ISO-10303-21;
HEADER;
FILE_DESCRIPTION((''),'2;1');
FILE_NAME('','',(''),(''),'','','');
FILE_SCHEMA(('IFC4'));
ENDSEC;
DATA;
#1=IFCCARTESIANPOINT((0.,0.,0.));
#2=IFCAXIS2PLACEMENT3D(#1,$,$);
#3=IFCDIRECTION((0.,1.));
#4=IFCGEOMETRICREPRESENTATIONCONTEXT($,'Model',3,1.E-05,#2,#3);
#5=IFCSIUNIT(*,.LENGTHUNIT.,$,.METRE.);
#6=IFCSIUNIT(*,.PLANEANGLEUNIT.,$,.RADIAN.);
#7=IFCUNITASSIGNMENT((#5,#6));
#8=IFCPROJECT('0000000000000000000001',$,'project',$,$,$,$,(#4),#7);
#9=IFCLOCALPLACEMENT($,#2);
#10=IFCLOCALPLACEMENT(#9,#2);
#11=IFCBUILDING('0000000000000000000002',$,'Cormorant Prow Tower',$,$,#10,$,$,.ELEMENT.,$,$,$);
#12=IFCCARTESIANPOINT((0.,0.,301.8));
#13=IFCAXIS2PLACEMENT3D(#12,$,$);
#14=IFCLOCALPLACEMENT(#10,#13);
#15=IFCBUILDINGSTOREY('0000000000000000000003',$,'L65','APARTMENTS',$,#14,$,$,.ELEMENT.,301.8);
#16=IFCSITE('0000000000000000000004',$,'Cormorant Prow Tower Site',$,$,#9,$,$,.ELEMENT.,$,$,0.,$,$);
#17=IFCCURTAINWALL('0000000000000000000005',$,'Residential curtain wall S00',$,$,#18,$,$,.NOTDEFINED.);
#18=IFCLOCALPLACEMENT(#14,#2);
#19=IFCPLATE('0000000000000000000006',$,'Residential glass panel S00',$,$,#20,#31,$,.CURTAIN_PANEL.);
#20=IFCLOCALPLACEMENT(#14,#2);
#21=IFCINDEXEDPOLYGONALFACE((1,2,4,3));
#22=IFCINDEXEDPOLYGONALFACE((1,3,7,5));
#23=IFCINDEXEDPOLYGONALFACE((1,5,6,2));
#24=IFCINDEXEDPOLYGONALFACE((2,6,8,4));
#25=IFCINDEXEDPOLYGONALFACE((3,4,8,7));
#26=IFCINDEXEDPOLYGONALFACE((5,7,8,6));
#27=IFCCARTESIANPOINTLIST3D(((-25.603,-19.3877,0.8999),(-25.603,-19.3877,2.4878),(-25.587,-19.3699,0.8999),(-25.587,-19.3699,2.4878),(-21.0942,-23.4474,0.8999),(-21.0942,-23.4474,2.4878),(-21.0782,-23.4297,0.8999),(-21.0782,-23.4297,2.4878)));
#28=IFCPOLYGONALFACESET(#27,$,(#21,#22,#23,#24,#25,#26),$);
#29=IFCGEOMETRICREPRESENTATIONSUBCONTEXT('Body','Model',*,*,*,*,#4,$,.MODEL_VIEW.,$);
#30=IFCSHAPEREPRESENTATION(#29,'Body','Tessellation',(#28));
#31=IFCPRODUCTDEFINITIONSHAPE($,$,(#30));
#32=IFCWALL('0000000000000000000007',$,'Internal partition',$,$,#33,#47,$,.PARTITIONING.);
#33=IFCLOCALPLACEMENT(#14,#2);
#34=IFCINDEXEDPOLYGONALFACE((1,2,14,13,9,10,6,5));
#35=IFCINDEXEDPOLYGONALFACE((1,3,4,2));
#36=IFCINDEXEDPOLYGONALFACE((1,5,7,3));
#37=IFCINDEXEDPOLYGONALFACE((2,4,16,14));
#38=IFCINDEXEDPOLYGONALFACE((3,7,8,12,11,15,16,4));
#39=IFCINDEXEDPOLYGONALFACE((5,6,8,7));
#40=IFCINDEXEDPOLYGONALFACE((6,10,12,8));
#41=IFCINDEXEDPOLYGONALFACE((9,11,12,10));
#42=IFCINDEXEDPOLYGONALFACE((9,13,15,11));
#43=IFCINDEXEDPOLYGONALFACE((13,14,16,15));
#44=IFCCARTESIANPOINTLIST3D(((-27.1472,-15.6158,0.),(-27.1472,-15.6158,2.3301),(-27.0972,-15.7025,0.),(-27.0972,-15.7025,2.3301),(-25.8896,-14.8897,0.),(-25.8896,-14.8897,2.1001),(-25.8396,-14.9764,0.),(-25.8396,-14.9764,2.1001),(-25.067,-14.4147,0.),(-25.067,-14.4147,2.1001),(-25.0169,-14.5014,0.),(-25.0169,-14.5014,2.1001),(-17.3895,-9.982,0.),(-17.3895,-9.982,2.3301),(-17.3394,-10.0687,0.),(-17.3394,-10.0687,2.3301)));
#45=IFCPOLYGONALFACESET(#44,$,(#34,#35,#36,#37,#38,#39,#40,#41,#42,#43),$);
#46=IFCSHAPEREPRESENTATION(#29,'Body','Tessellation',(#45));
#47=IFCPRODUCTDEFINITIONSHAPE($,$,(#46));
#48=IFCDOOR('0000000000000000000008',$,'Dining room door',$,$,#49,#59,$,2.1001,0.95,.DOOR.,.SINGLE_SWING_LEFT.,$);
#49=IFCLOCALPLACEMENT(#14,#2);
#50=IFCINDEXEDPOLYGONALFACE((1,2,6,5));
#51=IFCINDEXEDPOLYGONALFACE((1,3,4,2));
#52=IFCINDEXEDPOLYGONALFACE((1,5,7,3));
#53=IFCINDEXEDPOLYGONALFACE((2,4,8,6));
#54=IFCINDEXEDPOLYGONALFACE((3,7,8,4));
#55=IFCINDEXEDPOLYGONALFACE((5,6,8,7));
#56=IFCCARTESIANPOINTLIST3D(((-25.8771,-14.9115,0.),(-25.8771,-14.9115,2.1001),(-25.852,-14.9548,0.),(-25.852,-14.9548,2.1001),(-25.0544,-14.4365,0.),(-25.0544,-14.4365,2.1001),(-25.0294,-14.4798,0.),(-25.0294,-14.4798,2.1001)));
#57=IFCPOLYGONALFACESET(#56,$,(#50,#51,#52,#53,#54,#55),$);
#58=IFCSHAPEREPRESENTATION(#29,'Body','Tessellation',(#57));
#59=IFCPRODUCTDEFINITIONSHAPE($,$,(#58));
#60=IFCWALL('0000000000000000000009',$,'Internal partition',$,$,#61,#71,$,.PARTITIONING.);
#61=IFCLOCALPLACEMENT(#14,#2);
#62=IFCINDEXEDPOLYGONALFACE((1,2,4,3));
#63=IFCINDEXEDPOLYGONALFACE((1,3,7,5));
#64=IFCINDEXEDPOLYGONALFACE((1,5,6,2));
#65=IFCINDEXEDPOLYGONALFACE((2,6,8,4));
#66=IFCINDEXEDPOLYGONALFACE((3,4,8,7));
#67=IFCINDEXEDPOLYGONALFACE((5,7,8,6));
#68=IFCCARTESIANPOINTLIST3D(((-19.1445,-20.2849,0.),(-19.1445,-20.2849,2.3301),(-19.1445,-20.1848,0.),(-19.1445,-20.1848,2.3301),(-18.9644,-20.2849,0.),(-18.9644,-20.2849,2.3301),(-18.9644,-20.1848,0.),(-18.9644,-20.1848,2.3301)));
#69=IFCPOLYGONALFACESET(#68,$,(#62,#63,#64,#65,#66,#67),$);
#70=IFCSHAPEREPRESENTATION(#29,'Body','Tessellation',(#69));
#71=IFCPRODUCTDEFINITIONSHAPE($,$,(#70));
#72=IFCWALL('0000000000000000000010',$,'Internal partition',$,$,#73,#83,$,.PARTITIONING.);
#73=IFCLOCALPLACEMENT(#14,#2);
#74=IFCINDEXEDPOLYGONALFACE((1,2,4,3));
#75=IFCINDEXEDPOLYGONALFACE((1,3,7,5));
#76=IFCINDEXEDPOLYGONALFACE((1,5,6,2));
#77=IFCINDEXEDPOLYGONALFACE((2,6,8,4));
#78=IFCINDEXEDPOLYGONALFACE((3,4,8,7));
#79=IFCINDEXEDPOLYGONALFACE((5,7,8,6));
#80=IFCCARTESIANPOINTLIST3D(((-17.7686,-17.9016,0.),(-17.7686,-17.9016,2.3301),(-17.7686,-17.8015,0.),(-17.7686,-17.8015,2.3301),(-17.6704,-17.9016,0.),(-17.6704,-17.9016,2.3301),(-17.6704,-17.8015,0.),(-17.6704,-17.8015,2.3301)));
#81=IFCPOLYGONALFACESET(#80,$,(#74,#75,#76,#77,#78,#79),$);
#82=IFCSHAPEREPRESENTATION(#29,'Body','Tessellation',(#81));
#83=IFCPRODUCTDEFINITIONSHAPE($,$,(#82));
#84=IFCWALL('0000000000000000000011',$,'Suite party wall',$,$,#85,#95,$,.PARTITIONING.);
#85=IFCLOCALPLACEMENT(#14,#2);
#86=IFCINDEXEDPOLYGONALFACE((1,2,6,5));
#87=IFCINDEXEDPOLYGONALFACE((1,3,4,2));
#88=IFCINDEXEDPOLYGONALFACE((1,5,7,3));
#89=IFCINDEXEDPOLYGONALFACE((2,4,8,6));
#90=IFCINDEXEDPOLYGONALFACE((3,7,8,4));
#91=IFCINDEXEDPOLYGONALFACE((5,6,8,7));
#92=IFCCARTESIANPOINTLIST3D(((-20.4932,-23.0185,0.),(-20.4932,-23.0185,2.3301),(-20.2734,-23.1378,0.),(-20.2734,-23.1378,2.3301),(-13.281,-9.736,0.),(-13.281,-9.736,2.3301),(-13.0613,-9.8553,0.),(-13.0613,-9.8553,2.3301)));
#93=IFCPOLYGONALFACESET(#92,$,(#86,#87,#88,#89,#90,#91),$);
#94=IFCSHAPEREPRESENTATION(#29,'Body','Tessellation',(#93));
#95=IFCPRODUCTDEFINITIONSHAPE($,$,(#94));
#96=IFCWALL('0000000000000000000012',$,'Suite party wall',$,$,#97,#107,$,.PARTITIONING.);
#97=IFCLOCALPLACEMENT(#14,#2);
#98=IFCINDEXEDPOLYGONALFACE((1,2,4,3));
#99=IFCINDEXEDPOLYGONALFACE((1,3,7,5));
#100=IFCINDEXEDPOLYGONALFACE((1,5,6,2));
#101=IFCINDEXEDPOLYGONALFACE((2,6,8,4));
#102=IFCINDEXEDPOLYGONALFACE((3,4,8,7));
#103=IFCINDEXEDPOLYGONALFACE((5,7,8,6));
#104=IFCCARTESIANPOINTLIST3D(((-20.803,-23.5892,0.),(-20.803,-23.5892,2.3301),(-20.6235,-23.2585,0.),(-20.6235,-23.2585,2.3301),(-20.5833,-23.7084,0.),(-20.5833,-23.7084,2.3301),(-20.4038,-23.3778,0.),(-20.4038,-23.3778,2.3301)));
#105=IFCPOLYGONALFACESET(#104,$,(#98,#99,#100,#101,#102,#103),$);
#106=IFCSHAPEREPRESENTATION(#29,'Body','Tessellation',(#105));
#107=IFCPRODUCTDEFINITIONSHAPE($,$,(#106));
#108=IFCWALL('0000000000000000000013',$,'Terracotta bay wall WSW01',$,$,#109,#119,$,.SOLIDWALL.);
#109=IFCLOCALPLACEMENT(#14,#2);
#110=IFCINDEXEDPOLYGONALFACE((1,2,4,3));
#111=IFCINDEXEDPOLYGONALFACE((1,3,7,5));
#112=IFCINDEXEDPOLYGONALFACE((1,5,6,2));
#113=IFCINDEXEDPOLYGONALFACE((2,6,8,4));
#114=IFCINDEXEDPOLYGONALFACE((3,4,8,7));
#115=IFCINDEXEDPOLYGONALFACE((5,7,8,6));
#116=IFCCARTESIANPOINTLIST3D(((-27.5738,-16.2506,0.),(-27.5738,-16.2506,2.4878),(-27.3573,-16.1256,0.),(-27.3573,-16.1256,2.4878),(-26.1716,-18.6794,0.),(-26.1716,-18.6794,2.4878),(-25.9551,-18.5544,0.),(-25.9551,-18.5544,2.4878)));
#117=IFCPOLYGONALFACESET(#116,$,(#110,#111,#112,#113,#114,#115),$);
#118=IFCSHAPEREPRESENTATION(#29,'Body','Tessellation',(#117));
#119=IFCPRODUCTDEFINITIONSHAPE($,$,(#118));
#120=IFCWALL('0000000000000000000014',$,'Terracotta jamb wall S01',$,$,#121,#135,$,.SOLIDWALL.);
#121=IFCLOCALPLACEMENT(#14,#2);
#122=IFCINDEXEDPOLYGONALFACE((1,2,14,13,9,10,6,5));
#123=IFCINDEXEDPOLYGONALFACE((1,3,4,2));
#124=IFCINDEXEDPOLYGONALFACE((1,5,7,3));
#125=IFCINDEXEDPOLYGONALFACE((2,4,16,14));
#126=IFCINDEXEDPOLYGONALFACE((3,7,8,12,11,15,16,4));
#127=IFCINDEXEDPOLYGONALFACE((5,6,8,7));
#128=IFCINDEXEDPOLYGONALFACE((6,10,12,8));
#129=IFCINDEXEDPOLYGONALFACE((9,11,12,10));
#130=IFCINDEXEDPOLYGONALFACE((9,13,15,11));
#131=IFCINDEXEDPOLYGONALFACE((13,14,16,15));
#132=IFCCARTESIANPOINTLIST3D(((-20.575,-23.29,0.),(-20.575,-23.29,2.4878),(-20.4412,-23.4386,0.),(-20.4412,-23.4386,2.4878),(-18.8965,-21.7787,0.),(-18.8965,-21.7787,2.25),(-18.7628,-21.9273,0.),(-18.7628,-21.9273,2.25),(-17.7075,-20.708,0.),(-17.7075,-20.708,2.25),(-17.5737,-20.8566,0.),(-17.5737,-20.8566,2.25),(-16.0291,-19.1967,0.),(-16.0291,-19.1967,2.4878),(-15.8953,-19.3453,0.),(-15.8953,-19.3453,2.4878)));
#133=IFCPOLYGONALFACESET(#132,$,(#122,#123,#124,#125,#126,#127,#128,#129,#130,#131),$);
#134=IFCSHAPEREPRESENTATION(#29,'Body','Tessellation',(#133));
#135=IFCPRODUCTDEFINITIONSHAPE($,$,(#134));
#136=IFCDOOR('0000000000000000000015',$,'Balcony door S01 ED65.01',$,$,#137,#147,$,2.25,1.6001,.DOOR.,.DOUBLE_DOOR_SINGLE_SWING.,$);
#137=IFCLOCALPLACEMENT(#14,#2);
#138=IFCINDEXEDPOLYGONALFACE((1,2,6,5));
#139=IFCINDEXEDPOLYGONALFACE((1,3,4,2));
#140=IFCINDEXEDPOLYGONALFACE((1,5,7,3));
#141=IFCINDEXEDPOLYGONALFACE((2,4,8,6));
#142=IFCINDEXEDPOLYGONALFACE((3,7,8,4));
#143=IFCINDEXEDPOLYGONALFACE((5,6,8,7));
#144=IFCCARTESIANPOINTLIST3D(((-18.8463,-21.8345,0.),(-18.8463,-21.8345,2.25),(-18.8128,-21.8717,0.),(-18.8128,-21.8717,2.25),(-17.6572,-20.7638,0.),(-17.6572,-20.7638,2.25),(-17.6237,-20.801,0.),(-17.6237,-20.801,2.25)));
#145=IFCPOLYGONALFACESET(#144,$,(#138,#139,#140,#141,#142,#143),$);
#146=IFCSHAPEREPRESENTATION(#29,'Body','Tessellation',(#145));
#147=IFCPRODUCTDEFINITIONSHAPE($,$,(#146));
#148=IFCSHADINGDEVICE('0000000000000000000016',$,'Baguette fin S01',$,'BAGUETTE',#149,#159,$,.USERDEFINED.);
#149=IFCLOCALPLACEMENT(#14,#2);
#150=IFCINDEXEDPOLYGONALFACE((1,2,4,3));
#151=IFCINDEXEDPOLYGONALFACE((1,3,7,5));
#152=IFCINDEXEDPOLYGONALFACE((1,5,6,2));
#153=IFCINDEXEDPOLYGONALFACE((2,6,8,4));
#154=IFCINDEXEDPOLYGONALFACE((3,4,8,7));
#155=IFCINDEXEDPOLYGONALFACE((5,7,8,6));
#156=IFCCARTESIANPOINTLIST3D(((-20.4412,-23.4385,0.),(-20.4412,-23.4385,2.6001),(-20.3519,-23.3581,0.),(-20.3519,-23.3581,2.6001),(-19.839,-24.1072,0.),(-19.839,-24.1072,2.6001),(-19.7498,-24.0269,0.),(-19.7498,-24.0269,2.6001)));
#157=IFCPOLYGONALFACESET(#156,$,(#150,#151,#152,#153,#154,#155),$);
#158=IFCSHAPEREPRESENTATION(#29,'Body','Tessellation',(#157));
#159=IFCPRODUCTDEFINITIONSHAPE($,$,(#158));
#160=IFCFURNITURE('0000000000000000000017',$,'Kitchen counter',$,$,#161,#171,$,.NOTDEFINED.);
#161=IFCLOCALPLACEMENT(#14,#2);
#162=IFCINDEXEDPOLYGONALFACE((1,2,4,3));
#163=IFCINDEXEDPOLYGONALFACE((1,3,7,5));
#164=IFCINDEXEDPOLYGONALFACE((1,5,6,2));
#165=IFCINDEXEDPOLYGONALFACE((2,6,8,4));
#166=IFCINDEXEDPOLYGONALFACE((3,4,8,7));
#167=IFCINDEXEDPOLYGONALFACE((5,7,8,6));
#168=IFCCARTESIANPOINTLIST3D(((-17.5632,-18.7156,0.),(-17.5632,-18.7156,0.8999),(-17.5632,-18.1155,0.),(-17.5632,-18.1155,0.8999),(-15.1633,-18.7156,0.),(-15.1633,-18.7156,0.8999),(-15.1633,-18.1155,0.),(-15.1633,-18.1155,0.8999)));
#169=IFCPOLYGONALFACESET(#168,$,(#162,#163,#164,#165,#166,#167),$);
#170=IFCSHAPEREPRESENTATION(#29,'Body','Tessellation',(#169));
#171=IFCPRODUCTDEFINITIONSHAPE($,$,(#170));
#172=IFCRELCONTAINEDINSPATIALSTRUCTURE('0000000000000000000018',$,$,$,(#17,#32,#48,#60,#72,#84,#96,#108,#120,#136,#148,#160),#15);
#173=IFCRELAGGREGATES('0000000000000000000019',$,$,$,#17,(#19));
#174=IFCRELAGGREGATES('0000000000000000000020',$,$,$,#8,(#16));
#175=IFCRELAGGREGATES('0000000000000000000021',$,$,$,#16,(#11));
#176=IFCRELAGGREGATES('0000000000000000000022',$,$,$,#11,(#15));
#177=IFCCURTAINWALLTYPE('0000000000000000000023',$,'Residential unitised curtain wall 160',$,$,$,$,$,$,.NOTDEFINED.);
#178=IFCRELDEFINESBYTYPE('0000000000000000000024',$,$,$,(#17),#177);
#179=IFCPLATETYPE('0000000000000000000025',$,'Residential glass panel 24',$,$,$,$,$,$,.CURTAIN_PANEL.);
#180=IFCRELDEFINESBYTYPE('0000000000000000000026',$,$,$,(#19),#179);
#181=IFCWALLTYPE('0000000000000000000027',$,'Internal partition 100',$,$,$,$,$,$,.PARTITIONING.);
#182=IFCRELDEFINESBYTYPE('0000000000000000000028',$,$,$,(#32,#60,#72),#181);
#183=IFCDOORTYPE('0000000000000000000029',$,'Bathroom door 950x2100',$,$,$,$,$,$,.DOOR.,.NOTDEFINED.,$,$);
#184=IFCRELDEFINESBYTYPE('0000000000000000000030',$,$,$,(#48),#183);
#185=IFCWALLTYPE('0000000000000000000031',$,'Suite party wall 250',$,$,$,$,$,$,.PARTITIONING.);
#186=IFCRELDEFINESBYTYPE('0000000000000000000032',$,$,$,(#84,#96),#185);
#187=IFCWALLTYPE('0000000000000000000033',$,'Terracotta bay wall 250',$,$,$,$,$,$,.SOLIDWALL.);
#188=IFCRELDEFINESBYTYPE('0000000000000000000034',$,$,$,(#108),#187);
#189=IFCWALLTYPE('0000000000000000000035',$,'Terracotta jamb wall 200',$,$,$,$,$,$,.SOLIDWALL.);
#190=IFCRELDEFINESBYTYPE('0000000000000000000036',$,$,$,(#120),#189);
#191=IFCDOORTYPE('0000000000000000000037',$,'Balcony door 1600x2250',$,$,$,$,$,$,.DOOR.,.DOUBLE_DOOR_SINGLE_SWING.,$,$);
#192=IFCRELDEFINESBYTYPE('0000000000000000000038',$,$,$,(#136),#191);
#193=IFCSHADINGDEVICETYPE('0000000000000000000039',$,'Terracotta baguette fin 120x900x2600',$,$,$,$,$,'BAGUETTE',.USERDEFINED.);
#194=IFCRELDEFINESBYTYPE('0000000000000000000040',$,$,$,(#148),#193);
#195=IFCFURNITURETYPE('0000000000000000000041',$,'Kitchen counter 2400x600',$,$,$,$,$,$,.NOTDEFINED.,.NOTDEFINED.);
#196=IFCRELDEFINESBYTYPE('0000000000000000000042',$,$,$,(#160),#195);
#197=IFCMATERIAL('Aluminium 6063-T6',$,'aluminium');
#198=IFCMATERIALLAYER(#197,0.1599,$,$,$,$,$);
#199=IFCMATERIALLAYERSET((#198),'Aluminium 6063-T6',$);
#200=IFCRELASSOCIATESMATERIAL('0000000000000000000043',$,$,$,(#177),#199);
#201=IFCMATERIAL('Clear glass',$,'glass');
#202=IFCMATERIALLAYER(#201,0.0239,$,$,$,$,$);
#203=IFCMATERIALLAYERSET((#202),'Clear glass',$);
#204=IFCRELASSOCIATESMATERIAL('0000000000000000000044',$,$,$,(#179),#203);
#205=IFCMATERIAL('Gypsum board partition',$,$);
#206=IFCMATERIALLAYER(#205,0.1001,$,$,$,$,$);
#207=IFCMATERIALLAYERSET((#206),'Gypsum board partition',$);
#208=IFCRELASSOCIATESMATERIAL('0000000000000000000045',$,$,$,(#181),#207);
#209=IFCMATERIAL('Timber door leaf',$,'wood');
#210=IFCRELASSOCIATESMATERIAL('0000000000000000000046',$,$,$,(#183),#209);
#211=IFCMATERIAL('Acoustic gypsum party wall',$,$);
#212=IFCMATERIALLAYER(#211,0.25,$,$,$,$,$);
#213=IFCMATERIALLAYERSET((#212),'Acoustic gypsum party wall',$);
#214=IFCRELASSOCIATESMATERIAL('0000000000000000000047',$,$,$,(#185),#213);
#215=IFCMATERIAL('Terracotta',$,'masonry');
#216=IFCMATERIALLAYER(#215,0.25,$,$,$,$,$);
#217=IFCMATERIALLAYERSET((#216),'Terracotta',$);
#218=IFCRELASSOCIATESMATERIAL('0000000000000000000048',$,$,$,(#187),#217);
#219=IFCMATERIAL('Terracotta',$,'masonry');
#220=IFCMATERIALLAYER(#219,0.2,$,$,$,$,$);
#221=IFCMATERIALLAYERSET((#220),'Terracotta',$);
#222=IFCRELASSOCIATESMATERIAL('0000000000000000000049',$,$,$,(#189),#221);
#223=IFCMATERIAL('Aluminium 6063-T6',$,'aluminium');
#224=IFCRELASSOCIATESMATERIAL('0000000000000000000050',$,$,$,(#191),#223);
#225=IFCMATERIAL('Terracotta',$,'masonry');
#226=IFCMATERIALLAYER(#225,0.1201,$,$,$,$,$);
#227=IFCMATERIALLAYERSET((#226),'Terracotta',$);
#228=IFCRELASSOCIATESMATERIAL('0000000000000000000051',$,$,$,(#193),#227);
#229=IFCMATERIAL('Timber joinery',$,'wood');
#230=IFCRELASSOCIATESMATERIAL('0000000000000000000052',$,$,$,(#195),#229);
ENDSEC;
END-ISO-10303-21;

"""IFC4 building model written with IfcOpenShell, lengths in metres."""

from ifc_helpers import new_model, si_unit, direction, frame, frame_2d, origin, origin_2d, place, context, subcontext, project, spatial, rectangle, extrude, material, layer, layer_set, type_object, element, fill, aggregate, save


model = new_model("IFC4")

# Units and contexts
model_context = context("Model", 3, precision=1e-05, world=origin(), true_north=direction((0.0, 1.0)))
body_context = subcontext(model_context, "Body", "Model", "MODEL_VIEW")
ifc_project = project(units=[si_unit("LENGTHUNIT", "METRE"), si_unit("PLANEANGLEUNIT", "RADIAN")], contexts=[model_context])

# Site, building, storey
site_placement = place(None, origin())
site = spatial("IfcSite", under=ifc_project, at=site_placement, Name="Cormorant Prow Tower Site", CompositionType="ELEMENT", RefElevation=0.0)
building_placement = place(site_placement, origin())
building = spatial("IfcBuilding", under=site, at=building_placement, Name="Cormorant Prow Tower", CompositionType="ELEMENT")
storey_placement = place(building_placement, frame((0.0, 0.0, 301.8)))
storey = spatial("IfcBuildingStorey", under=building, at=storey_placement, Name="L65", Description="APARTMENTS", CompositionType="ELEMENT", Elevation=301.8)

# Curtain wall, plate
ifc_material_1 = material(Name="Aluminium 6063-T6", Category="aluminium")
ifc_layer_1 = layer(ifc_material_1, 0.1599)
ifc_layer_set_1 = layer_set([ifc_layer_1], Name="Aluminium 6063-T6")
curtain_wall_type = type_object("IfcCurtainWallType", Name="Residential unitised curtain wall 160", PredefinedType="NOTDEFINED", material=ifc_layer_set_1)
curtain_wall_placement = place(storey_placement, origin())
curtain_wall = element("IfcCurtainWall", 1, at=curtain_wall_placement, inside=storey, type_object=curtain_wall_type, Name="Residential curtain wall S00", PredefinedType="NOTDEFINED")
ifc_material_2 = material(Name="Clear glass", Category="glass")
ifc_layer_2 = layer(ifc_material_2, 0.0239)
ifc_layer_set_2 = layer_set([ifc_layer_2], Name="Clear glass")
plate_type = type_object("IfcPlateType", Name="Residential glass panel 24", PredefinedType="CURTAIN_PANEL", material=ifc_layer_set_2)
plate_placement = place(storey_placement, frame((-23.3406, -21.4087, 0.8999), z_axis=(0.0, 0.0, 1.0), x_axis=(0.743145, -0.669131, 0.0)))
plate = element("IfcPlate", 2, at=plate_placement, type_object=plate_type, Name="Residential glass panel S00", PredefinedType="CURTAIN_PANEL", context=body_context, shape_type="SweptSolid", body=[
    extrude(rectangle(XDim=6.0671, YDim=0.0239, at=origin_2d()), origin(), (0.0, 0.0, 1.0), 1.5879),
])
aggregate(curtain_wall, [plate])

# Wall, opening, door
ifc_material_3 = material(Name="Gypsum board partition")
ifc_layer_3 = layer(ifc_material_3, 0.1001)
ifc_layer_set_3 = layer_set([ifc_layer_3], Name="Gypsum board partition")
wall_type_1 = type_object("IfcWallType", Name="Internal partition 100", PredefinedType="PARTITIONING", material=ifc_layer_set_3)
wall_1_placement = place(storey_placement, frame((-27.1223, -15.6592, 0.0), z_axis=(0.0, 0.0, 1.0), x_axis=(0.866021, 0.500008, 0.0)))
wall_1 = element("IfcWall", 3, at=wall_1_placement, inside=storey, type_object=wall_type_1, Name="Internal partition", PredefinedType="PARTITIONING", context=body_context, shape_type="SweptSolid", body=[
    extrude(rectangle(XDim=11.2673, YDim=0.1001, at=frame_2d((5.6338, 0.0))), origin(), (0.0, 0.0, 1.0), 2.3301),
])
opening_1_placement = place(wall_1_placement, frame((1.4521, 0.0, 0.0)))
opening_1 = element("IfcOpeningElement", 4, at=opening_1_placement, cuts=wall_1, PredefinedType="OPENING", context=body_context, shape_type="SweptSolid", body=[
    extrude(rectangle(XDim=0.95, YDim=2.1001, at=frame_2d((0.4751, 1.05))), frame((0.0, 0.0601, 0.0), z_axis=(0.0, -1.0, 0.0), x_axis=(1.0, 0.0, 0.0)), (0.0, 0.0, 1.0), 0.1201),
])
ifc_material_4 = material(Name="Timber door leaf", Category="wood")
door_type_1 = type_object("IfcDoorType", Name="Bathroom door 950x2100", OperationType="NOTDEFINED", PredefinedType="DOOR", material=ifc_material_4)
door_1_placement = place(opening_1_placement, origin())
door_1 = element("IfcDoor", 5, at=door_1_placement, inside=storey, type_object=door_type_1, Name="Dining room door", OperationType="SINGLE_SWING_LEFT", OverallHeight=2.1001, OverallWidth=0.95, PredefinedType="DOOR", context=body_context, shape_type="SweptSolid", body=[
    extrude(rectangle(XDim=0.95, YDim=2.1001, at=frame_2d((0.4751, 1.05))), frame((0.0, 0.0249, 0.0), z_axis=(0.0, -1.0, 0.0), x_axis=(1.0, 0.0, 0.0)), (0.0, 0.0, 1.0), 0.05),
])
fill(opening_1, door_1)

# Walls
wall_2_placement = place(storey_placement, frame((-19.1445, -20.2349, 0.0), z_axis=(0.0, 0.0, 1.0), x_axis=(1.0, 0.0, 0.0)))
element("IfcWall", 6, at=wall_2_placement, inside=storey, type_object=wall_type_1, Name="Internal partition", PredefinedType="PARTITIONING", context=body_context, shape_type="SweptSolid", body=[
    extrude(rectangle(XDim=0.1802, YDim=0.1001, at=frame_2d((0.0901, 0.0))), origin(), (0.0, 0.0, 1.0), 2.3301),
])
wall_3_placement = place(storey_placement, frame((-17.7686, -17.8516, 0.0), z_axis=(0.0, 0.0, 1.0), x_axis=(1.0, 0.0, 0.0)))
element("IfcWall", 7, at=wall_3_placement, inside=storey, type_object=wall_type_1, Name="Internal partition", PredefinedType="PARTITIONING", context=body_context, shape_type="SweptSolid", body=[
    extrude(rectangle(XDim=0.0981, YDim=0.1001, at=frame_2d((0.0491, 0.0))), origin(), (0.0, 0.0, 1.0), 2.3301),
])
ifc_material_5 = material(Name="Acoustic gypsum party wall")
ifc_layer_4 = layer(ifc_material_5, 0.25)
ifc_layer_set_4 = layer_set([ifc_layer_4], Name="Acoustic gypsum party wall")
wall_type_2 = type_object("IfcWallType", Name="Suite party wall 250", PredefinedType="PARTITIONING", material=ifc_layer_set_4)
wall_4_placement = place(storey_placement, frame((-20.3833, -23.0781, 0.0), z_axis=(0.0, 0.0, 1.0), x_axis=(0.477177, 0.878807, 0.0)))
element("IfcWall", 8, at=wall_4_placement, inside=storey, type_object=wall_type_2, Name="Suite party wall", PredefinedType="PARTITIONING", context=body_context, shape_type="SweptSolid", body=[
    extrude(rectangle(XDim=15.1143, YDim=0.25, at=frame_2d((7.5571, 0.0))), origin(), (0.0, 0.0, 1.0), 2.3301),
])
wall_5_placement = place(storey_placement, frame((-20.6931, -23.6487, 0.0), z_axis=(0.0, 0.0, 1.0), x_axis=(0.477078, 0.878861, 0.0)))
element("IfcWall", 9, at=wall_5_placement, inside=storey, type_object=wall_type_2, Name="Suite party wall", PredefinedType="PARTITIONING", context=body_context, shape_type="SweptSolid", body=[
    extrude(rectangle(XDim=0.3762, YDim=0.25, at=frame_2d((0.188, 0.0))), origin(), (0.0, 0.0, 1.0), 2.3301),
])
ifc_material_6 = material(Name="Terracotta", Category="masonry")
ifc_layer_5 = layer(ifc_material_6, 0.25)
ifc_layer_set_5 = layer_set([ifc_layer_5], Name="Terracotta")
wall_type_3 = type_object("IfcWallType", Name="Terracotta bay wall 250", PredefinedType="SOLIDWALL", material=ifc_layer_set_5)
wall_6_placement = place(storey_placement, frame((-27.4656, -16.188, 0.0), z_axis=(0.0, 0.0, 1.0), x_axis=(0.499969, -0.866044, 0.0)))
element("IfcWall", 10, at=wall_6_placement, inside=storey, type_object=wall_type_3, Name="Terracotta bay wall WSW01", PredefinedType="SOLIDWALL", context=body_context, shape_type="SweptSolid", body=[
    extrude(rectangle(XDim=2.8044, YDim=0.25, at=frame_2d((1.4023, 0.0))), origin(), (0.0, 0.0, 1.0), 2.4878),
])

# Wall, opening, door
ifc_material_7 = material(Name="Terracotta", Category="masonry")
ifc_layer_6 = layer(ifc_material_7, 0.2)
ifc_layer_set_6 = layer_set([ifc_layer_6], Name="Terracotta")
wall_type_4 = type_object("IfcWallType", Name="Terracotta jamb wall 200", PredefinedType="SOLIDWALL", material=ifc_layer_set_6)
wall_7_placement = place(storey_placement, frame((-20.5081, -23.3643, 0.0), z_axis=(0.0, 0.0, 1.0), x_axis=(0.743135, 0.669141, 0.0)))
wall_7 = element("IfcWall", 11, at=wall_7_placement, inside=storey, type_object=wall_type_4, Name="Terracotta jamb wall S01", PredefinedType="SOLIDWALL", context=body_context, shape_type="SweptSolid", body=[
    extrude(rectangle(XDim=6.1172, YDim=0.2, at=frame_2d((3.0586, 0.0))), origin(), (0.0, 0.0, 1.0), 2.4878),
])
opening_2_placement = place(wall_7_placement, frame((2.2585, 0.0, 0.0)))
opening_2 = element("IfcOpeningElement", 12, at=opening_2_placement, cuts=wall_7, PredefinedType="OPENING", context=body_context, shape_type="SweptSolid", body=[
    extrude(rectangle(XDim=1.6001, YDim=2.25, at=frame_2d((0.8, 1.125))), frame((0.0, 0.1099, 0.0), z_axis=(0.0, -1.0, 0.0), x_axis=(1.0, 0.0, 0.0)), (0.0, 0.0, 1.0), 0.22),
])
ifc_material_8 = material(Name="Aluminium 6063-T6", Category="aluminium")
door_type_2 = type_object("IfcDoorType", Name="Balcony door 1600x2250", OperationType="DOUBLE_DOOR_SINGLE_SWING", PredefinedType="DOOR", material=ifc_material_8)
door_2_placement = place(opening_2_placement, origin())
door_2 = element("IfcDoor", 13, at=door_2_placement, inside=storey, type_object=door_type_2, Name="Balcony door S01 ED65.01", OperationType="DOUBLE_DOOR_SINGLE_SWING", OverallHeight=2.25, OverallWidth=1.6001, PredefinedType="DOOR", context=body_context, shape_type="SweptSolid", body=[
    extrude(rectangle(XDim=1.6001, YDim=2.25, at=frame_2d((0.8, 1.125))), frame((0.0, 0.0249, 0.0), z_axis=(0.0, -1.0, 0.0), x_axis=(1.0, 0.0, 0.0)), (0.0, 0.0, 1.0), 0.05),
])
fill(opening_2, door_2)

# Shading device
ifc_material_9 = material(Name="Terracotta", Category="masonry")
ifc_layer_7 = layer(ifc_material_9, 0.1201)
ifc_layer_set_7 = layer_set([ifc_layer_7], Name="Terracotta")
shading_device_type = type_object("IfcShadingDeviceType", Name="Terracotta baguette fin 120x900x2600", ElementType="BAGUETTE", PredefinedType="USERDEFINED", material=ifc_layer_set_7)
shading_device_placement = place(storey_placement, frame((-20.0955, -23.7327, 0.0), z_axis=(0.0, 0.0, 1.0), x_axis=(0.743145, 0.669131, 0.0)))
element("IfcShadingDevice", 14, at=shading_device_placement, inside=storey, type_object=shading_device_type, Name="Baguette fin S01", ObjectType="BAGUETTE", PredefinedType="USERDEFINED", context=body_context, shape_type="SweptSolid", body=[
    extrude(rectangle(XDim=0.1201, YDim=0.8999, at=origin_2d()), origin(), (0.0, 0.0, 1.0), 2.6001),
])

# Furniture
ifc_material_10 = material(Name="Timber joinery", Category="wood")
furniture_type = type_object("IfcFurnitureType", Name="Kitchen counter 2400x600", AssemblyPlace="NOTDEFINED", PredefinedType="NOTDEFINED", material=ifc_material_10)
furniture_placement = place(storey_placement, frame((-16.3633, -18.4155, 0.0), z_axis=(0.0, 0.0, 1.0), x_axis=(1.0, 0.0, 0.0)))
element("IfcFurniture", 15, at=furniture_placement, inside=storey, type_object=furniture_type, Name="Kitchen counter", PredefinedType="NOTDEFINED", context=body_context, shape_type="SweptSolid", body=[
    extrude(rectangle(XDim=2.3999, YDim=0.6001, at=origin_2d()), origin(), (0.0, 0.0, 1.0), 0.8999),
])

save(model, "model.ifc")
